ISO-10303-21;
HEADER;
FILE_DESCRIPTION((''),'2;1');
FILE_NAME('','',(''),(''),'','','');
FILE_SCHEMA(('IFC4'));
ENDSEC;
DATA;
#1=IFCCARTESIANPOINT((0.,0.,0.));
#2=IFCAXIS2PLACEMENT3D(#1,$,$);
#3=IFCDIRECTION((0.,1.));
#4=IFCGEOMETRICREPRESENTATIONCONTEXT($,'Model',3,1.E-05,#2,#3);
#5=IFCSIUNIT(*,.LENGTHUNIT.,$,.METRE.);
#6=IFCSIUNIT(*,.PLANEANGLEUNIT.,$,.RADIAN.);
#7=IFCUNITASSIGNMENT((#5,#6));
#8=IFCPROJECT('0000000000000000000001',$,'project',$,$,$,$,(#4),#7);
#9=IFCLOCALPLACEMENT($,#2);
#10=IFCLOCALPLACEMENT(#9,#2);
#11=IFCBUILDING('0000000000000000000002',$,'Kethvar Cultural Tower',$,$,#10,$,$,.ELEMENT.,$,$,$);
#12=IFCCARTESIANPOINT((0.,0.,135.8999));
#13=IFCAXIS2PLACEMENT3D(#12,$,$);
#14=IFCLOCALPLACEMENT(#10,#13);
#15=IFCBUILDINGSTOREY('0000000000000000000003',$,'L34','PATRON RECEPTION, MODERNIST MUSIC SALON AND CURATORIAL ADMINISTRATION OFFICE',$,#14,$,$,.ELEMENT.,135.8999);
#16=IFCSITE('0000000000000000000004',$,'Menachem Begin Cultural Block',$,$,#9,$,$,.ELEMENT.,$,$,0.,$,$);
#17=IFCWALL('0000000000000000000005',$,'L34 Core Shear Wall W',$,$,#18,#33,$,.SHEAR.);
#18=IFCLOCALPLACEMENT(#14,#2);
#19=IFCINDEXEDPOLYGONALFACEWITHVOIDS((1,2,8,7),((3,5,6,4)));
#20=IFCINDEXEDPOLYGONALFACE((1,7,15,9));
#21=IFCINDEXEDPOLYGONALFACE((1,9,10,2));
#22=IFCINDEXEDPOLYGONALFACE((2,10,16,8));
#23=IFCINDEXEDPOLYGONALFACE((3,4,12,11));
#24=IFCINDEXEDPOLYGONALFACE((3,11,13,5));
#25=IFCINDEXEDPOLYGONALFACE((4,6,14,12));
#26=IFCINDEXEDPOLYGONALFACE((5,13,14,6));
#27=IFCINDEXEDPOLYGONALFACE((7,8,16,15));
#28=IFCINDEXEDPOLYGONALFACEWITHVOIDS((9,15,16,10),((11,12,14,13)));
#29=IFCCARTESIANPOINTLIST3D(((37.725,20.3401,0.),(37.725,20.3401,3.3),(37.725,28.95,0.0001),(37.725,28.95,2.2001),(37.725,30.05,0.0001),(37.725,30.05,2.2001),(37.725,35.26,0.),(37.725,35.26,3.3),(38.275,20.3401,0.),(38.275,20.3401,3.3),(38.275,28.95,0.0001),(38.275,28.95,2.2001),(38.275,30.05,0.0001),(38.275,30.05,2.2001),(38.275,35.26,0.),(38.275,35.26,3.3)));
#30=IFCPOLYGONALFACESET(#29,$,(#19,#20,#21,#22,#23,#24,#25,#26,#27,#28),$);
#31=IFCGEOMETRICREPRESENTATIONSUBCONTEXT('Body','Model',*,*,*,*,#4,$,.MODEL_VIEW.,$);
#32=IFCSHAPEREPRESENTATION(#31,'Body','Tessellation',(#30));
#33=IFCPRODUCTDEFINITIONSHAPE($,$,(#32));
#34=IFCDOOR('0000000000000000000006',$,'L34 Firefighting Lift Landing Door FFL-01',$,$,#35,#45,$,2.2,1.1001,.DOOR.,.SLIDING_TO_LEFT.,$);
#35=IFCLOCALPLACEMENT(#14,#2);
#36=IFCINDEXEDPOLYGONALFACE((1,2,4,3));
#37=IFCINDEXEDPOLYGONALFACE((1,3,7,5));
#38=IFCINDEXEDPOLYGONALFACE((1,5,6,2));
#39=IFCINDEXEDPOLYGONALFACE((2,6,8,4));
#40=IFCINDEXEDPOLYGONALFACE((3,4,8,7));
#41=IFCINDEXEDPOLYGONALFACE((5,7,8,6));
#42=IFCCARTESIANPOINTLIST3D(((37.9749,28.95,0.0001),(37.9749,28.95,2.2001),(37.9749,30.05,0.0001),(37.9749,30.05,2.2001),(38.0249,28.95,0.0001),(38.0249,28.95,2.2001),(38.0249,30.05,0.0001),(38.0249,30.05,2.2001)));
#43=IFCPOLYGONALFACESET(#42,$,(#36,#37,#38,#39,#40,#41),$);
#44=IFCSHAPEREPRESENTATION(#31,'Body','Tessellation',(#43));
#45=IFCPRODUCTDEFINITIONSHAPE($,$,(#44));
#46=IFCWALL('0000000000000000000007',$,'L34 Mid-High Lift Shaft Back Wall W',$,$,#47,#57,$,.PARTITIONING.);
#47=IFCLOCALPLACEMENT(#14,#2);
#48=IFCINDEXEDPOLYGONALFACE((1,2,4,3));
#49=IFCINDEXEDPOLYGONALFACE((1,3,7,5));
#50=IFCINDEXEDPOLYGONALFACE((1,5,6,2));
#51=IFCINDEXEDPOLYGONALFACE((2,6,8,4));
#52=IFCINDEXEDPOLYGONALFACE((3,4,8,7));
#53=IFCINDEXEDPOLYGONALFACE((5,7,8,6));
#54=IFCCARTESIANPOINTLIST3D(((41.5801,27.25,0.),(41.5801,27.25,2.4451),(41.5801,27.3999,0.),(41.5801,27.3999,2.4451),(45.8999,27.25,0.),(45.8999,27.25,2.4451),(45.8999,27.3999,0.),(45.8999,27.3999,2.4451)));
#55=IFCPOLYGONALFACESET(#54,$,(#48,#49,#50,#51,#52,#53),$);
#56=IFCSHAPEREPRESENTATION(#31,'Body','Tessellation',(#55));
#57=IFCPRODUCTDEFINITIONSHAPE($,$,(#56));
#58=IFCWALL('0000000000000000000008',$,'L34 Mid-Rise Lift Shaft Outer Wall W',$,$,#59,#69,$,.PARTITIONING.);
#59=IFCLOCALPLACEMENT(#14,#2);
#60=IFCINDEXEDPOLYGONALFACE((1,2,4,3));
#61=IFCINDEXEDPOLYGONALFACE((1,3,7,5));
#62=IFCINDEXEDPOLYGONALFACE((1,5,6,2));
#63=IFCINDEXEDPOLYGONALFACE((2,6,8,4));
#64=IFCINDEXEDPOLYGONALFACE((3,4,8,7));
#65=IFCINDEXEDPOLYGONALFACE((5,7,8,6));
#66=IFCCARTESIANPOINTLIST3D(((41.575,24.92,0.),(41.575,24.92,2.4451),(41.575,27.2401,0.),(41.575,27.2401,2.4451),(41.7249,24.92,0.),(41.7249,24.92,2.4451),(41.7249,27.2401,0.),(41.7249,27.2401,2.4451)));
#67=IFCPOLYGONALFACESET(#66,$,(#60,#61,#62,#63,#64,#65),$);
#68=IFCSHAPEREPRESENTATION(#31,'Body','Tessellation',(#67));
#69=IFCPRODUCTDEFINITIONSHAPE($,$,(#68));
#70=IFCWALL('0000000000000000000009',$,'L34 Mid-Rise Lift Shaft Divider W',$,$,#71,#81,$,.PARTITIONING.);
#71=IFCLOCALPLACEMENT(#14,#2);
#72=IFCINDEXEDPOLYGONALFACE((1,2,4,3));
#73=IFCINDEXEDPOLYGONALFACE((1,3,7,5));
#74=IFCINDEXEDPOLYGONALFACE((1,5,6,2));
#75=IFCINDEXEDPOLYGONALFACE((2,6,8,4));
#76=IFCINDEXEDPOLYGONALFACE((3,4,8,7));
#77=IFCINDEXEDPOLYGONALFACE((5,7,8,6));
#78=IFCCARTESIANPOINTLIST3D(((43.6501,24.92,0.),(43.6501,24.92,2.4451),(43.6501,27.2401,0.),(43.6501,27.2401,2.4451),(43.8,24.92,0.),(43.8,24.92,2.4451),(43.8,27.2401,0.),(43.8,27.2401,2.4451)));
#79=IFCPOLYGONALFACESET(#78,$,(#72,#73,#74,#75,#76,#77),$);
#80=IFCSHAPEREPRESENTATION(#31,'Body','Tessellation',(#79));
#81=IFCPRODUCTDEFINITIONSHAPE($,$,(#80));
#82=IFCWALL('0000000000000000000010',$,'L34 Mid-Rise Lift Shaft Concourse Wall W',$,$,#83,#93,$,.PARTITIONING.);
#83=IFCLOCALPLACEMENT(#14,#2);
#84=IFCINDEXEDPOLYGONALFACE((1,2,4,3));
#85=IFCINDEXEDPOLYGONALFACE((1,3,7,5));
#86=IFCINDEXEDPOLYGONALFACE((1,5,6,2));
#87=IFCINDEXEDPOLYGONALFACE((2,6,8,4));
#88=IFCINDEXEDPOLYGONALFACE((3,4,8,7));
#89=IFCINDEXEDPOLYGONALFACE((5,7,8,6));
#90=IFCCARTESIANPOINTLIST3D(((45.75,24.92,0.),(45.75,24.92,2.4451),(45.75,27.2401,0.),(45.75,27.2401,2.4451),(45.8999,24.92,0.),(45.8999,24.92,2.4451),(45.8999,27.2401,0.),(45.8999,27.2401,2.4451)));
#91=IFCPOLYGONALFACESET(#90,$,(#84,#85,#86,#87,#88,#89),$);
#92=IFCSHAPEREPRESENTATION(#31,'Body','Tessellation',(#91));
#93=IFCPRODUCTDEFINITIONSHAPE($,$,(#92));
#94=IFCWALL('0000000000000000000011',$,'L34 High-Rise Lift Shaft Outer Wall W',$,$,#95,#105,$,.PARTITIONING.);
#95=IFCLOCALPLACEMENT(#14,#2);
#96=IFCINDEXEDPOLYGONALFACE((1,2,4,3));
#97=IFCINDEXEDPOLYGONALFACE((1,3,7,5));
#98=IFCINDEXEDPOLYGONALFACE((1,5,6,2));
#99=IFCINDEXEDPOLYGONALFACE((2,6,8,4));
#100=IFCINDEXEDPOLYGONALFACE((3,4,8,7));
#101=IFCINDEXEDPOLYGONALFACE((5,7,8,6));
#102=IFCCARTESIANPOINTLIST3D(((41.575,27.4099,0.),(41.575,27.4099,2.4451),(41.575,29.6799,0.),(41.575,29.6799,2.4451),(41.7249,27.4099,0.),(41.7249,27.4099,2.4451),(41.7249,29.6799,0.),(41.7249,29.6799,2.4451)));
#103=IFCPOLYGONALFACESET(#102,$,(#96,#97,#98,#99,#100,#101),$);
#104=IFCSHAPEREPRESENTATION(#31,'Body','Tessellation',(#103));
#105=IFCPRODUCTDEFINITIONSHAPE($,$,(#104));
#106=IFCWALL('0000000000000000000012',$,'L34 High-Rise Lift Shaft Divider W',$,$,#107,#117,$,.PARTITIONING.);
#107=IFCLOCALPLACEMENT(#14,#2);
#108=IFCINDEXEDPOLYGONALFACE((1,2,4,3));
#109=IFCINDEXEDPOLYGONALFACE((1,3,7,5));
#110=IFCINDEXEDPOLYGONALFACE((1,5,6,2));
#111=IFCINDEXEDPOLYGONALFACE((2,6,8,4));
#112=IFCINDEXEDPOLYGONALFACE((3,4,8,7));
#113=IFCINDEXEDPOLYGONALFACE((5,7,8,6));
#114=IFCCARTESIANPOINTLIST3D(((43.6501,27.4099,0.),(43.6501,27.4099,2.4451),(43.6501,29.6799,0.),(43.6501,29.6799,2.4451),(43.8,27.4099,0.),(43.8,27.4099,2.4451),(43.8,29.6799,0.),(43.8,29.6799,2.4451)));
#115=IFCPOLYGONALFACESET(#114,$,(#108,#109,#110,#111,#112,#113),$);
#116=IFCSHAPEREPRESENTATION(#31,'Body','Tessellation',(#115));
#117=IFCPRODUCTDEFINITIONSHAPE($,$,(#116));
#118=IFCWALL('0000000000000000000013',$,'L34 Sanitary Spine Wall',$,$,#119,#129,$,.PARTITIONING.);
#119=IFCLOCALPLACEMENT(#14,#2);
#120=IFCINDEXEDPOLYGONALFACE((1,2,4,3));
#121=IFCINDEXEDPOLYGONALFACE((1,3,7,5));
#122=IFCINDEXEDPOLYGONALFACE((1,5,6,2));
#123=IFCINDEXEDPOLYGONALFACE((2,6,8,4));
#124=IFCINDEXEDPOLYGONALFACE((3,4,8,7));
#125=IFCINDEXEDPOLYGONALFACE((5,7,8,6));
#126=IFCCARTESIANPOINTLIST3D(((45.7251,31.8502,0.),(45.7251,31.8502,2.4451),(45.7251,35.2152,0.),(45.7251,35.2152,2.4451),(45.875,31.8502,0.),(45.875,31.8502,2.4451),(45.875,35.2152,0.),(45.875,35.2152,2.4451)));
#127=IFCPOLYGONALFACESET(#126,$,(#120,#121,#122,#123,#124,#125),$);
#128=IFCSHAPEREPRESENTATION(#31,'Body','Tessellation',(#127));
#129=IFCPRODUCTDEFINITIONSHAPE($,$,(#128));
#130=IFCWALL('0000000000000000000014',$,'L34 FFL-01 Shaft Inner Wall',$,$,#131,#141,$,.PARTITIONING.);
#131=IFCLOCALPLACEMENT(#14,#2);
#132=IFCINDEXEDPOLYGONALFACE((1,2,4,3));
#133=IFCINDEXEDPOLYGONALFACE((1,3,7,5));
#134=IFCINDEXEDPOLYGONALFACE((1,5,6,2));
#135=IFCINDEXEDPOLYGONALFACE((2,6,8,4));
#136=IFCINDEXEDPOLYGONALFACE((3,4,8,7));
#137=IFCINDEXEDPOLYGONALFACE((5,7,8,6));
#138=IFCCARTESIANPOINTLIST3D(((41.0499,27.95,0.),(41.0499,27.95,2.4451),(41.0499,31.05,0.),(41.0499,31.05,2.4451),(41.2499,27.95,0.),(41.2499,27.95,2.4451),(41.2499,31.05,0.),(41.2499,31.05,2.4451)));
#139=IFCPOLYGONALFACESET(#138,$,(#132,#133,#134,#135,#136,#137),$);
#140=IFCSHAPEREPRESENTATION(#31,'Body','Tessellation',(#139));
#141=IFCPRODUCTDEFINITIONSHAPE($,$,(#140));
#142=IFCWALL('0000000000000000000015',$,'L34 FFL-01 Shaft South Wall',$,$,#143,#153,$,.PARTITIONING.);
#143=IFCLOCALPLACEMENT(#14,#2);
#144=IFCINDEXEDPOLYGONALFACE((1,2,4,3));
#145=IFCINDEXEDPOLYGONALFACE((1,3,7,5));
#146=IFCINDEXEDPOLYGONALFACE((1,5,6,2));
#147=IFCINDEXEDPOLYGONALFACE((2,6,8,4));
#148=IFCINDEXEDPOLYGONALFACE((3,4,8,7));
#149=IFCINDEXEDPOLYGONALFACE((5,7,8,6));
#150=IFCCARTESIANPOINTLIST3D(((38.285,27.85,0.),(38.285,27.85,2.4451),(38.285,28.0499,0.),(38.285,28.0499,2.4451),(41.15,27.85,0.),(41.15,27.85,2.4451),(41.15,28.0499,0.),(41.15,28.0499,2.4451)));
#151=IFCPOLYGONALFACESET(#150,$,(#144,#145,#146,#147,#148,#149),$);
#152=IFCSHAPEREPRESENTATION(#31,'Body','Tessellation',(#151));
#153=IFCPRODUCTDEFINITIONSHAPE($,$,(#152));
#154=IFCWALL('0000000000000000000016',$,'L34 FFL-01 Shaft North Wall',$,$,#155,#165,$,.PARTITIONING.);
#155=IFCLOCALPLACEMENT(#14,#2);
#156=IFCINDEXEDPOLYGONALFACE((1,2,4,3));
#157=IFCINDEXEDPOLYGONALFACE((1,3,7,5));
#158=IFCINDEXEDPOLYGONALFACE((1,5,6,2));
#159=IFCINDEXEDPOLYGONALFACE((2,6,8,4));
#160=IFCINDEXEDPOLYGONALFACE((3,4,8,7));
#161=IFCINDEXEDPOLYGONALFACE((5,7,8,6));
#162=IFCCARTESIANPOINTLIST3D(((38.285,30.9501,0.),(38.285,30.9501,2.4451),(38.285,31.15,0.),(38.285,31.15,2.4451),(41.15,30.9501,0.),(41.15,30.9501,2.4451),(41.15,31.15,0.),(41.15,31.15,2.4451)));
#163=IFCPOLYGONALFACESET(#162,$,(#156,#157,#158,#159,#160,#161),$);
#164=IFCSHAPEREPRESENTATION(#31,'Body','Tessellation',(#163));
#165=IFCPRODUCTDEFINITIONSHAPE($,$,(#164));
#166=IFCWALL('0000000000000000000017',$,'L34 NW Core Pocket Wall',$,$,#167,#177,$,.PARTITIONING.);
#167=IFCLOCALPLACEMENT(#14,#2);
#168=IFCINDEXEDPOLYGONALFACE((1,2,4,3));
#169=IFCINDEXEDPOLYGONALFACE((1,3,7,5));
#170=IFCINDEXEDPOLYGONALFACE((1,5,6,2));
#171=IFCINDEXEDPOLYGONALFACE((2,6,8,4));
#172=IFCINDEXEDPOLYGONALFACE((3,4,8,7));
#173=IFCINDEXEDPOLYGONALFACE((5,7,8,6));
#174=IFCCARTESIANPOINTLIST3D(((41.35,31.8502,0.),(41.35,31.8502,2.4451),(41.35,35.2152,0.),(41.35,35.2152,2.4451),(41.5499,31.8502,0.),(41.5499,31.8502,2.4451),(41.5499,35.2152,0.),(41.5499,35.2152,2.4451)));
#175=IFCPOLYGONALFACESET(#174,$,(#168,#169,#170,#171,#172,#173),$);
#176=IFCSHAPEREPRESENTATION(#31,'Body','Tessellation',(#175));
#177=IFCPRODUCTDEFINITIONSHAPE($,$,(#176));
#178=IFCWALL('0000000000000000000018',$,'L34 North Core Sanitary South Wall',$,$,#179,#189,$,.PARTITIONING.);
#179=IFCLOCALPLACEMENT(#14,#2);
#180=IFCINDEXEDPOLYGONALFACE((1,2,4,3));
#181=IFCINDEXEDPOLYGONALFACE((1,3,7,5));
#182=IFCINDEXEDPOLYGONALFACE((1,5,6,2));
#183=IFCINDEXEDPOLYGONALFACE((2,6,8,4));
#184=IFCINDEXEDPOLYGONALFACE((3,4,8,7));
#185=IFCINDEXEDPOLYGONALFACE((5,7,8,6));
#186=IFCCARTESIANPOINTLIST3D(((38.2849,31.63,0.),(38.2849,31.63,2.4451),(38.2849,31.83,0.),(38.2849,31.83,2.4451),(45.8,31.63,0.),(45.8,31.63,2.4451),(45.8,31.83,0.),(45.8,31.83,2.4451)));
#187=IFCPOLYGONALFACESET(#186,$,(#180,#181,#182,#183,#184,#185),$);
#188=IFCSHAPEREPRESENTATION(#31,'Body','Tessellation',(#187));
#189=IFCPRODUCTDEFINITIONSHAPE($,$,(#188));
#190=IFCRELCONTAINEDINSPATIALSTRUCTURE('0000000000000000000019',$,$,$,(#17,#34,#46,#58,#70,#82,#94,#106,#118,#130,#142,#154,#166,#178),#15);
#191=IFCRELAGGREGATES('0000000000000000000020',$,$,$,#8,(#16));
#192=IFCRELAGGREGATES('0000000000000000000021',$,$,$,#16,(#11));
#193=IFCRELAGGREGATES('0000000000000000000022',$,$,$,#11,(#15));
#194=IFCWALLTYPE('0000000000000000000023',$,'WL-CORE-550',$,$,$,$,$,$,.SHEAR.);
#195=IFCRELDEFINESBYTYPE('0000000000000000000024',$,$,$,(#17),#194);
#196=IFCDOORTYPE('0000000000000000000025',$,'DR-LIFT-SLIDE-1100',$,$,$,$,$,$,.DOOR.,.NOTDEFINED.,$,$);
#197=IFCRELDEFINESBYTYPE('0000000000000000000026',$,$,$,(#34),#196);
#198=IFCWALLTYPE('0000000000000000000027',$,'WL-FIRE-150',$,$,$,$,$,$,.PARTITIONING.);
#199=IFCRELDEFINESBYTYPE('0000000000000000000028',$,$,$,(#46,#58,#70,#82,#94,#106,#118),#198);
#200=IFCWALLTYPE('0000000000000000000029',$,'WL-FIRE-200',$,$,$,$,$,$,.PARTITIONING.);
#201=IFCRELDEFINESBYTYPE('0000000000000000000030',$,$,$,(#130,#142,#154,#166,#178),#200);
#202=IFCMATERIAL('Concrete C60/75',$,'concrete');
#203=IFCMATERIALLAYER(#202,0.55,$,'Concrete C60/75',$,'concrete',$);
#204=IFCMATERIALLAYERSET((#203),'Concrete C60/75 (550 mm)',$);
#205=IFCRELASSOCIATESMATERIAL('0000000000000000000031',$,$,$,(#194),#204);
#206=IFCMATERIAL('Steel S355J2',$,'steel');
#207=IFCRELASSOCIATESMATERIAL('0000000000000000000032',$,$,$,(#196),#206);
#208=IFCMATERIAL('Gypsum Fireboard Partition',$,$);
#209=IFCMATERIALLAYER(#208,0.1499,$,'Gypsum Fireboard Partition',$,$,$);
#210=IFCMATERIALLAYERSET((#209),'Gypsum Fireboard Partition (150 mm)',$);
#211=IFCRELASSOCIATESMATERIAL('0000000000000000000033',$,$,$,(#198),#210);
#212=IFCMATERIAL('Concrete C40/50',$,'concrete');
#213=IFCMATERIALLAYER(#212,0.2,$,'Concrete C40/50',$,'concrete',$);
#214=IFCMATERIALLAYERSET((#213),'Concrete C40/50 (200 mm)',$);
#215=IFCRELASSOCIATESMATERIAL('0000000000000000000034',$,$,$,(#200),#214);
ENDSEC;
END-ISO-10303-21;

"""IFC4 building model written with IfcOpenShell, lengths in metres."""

from ifc_helpers import new_model, si_unit, direction, frame, frame_2d, origin, place, context, subcontext, project, spatial, rectangle, extrude, source, transform, mapped, material, layer, layer_set, type_object, element, fill, save


model = new_model("IFC4")

# Units and contexts
model_context = context("Model", 3, precision=1e-05, world=origin(), true_north=direction((0.0, 1.0)))
body_context = subcontext(model_context, "Body", "Model", "MODEL_VIEW")
ifc_project = project(units=[si_unit("LENGTHUNIT", "METRE"), si_unit("PLANEANGLEUNIT", "RADIAN")], contexts=[model_context])

# Site, building, storey
site_placement = place(None, origin())
site = spatial("IfcSite", under=ifc_project, at=site_placement, Name="Menachem Begin Cultural Block", CompositionType="ELEMENT", RefElevation=0.0)
building_placement = place(site_placement, origin())
building = spatial("IfcBuilding", under=site, at=building_placement, Name="Kethvar Cultural Tower", CompositionType="ELEMENT")
storey_placement = place(building_placement, frame((0.0, 0.0, 135.8999)))
storey = spatial("IfcBuildingStorey", under=building, at=storey_placement, Name="L34", Description="PATRON RECEPTION, MODERNIST MUSIC SALON AND CURATORIAL ADMINISTRATION OFFICE", CompositionType="ELEMENT", Elevation=135.8999)

# Shared definitions
ifc_material_1 = material(Name="Steel S355J2", Category="steel")

# Wall, opening, door
ifc_material_2 = material(Name="Concrete C60/75", Category="concrete")
ifc_layer_1 = layer(ifc_material_2, 0.55, Name="Concrete C60/75", Category="concrete")
ifc_layer_set_1 = layer_set([ifc_layer_1], Name="Concrete C60/75 (550 mm)")
wall_type_1 = type_object("IfcWallType", Name="WL-CORE-550", PredefinedType="SHEAR", material=ifc_layer_set_1)
wall_1_placement = place(storey_placement, frame((38.0, 35.26, 0.0), z_axis=(0.0, 0.0, 1.0), x_axis=(0.0, -1.0, 0.0)))
wall_1 = element("IfcWall", 1, at=wall_1_placement, inside=storey, type_object=wall_type_1, Name="L34 Core Shear Wall W", PredefinedType="SHEAR", context=body_context, shape_type="SweptSolid", body=[
    extrude(rectangle(XDim=14.9199, YDim=0.55, at=frame_2d((7.46, 0.0))), origin(), (0.0, 0.0, 1.0), 3.3),
])
opening_1_placement = place(wall_1_placement, frame((5.21, 0.0, 0.0)))
opening_1 = element("IfcOpeningElement", 2, at=opening_1_placement, cuts=wall_1, PredefinedType="OPENING", context=body_context, shape_type="SweptSolid", body=[
    extrude(rectangle(XDim=1.1001, YDim=2.2, at=frame_2d((0.55, 1.1001))), frame((0.0, 0.2849, 0.0), z_axis=(0.0, -1.0, 0.0), x_axis=(1.0, 0.0, 0.0)), (0.0, 0.0, 1.0), 0.5701),
])
door_type = type_object("IfcDoorType", Name="DR-LIFT-SLIDE-1100", OperationType="NOTDEFINED", PredefinedType="DOOR", material=ifc_material_1)
shared_shape_1 = source(origin(), body_context, "Body", "SweptSolid", [
    extrude(rectangle(XDim=1.1001, YDim=2.2, at=frame_2d((0.55, 1.1001))), frame((0.0, 0.0249, 0.0), z_axis=(0.0, -1.0, 0.0), x_axis=(1.0, 0.0, 0.0)), (0.0, 0.0, 1.0), 0.05),
])
door_1_placement = place(opening_1_placement, origin())
door_1 = element("IfcDoor", 3, at=door_1_placement, inside=storey, type_object=door_type, Name="L34 Firefighting Lift Landing Door FFL-01", OperationType="SLIDING_TO_LEFT", OverallHeight=2.2, OverallWidth=1.1001, PredefinedType="DOOR", context=body_context, shape_type="MappedRepresentation", body=[
    mapped(shared_shape_1, transform((0.0, 0.0, 0.0), scale=1.0)),
])
fill(opening_1, door_1)

# Walls
ifc_material_3 = material(Name="Gypsum Fireboard Partition")
ifc_layer_2 = layer(ifc_material_3, 0.1499, Name="Gypsum Fireboard Partition")
ifc_layer_set_2 = layer_set([ifc_layer_2], Name="Gypsum Fireboard Partition (150 mm)")
wall_type_2 = type_object("IfcWallType", Name="WL-FIRE-150", PredefinedType="PARTITIONING", material=ifc_layer_set_2)
wall_2_placement = place(storey_placement, frame((41.5801, 27.325, 0.0), z_axis=(0.0, 0.0, 1.0), x_axis=(1.0, 0.0, 0.0)))
element("IfcWall", 4, at=wall_2_placement, inside=storey, type_object=wall_type_2, Name="L34 Mid-High Lift Shaft Back Wall W", PredefinedType="PARTITIONING", context=body_context, shape_type="SweptSolid", body=[
    extrude(rectangle(XDim=4.3198, YDim=0.1499, at=frame_2d((2.1599, 0.0))), origin(), (0.0, 0.0, 1.0), 2.4451),
])
for number, where, z_axis, x_axis, name in (
    (5, (41.6499, 24.9199, 0.0), (0.0, 0.0, 1.0), (0.0, 1.0, 0.0), "L34 Mid-Rise Lift Shaft Outer Wall W"),
    (6, (43.7251, 24.9199, 0.0), (0.0, 0.0, 1.0), (0.0, 1.0, 0.0), "L34 Mid-Rise Lift Shaft Divider W"),
    (7, (45.825, 24.9199, 0.0), (0.0, 0.0, 1.0), (0.0, 1.0, 0.0), "L34 Mid-Rise Lift Shaft Concourse Wall W"),
):
    element("IfcWall", number, at=place(storey_placement, frame(where, z_axis=z_axis, x_axis=x_axis)), inside=storey, type_object=wall_type_2, Name=name, PredefinedType="PARTITIONING", context=body_context, shape_type="SweptSolid", body=[
        extrude(rectangle(XDim=2.3201, YDim=0.1499, at=frame_2d((1.1602, 0.0))), origin(), (0.0, 0.0, 1.0), 2.4451),
    ])
for number, where, z_axis, x_axis, name in (
    (8, (41.6499, 27.4099, 0.0), (0.0, 0.0, 1.0), (0.0, 1.0, 0.0), "L34 High-Rise Lift Shaft Outer Wall W"),
    (9, (43.7251, 27.4099, 0.0), (0.0, 0.0, 1.0), (0.0, 1.0, 0.0), "L34 High-Rise Lift Shaft Divider W"),
):
    element("IfcWall", number, at=place(storey_placement, frame(where, z_axis=z_axis, x_axis=x_axis)), inside=storey, type_object=wall_type_2, Name=name, PredefinedType="PARTITIONING", context=body_context, shape_type="SweptSolid", body=[
        extrude(rectangle(XDim=2.27, YDim=0.1499, at=frame_2d((1.135, 0.0))), origin(), (0.0, 0.0, 1.0), 2.4451),
    ])
wall_3_placement = place(storey_placement, frame((45.8, 31.8501, 0.0), z_axis=(0.0, 0.0, 1.0), x_axis=(0.0, 1.0, 0.0)))
element("IfcWall", 10, at=wall_3_placement, inside=storey, type_object=wall_type_2, Name="L34 Sanitary Spine Wall", PredefinedType="PARTITIONING", context=body_context, shape_type="SweptSolid", body=[
    extrude(rectangle(XDim=3.365, YDim=0.1499, at=frame_2d((1.6826, 0.0))), origin(), (0.0, 0.0, 1.0), 2.4451),
])
ifc_material_4 = material(Name="Concrete C40/50", Category="concrete")
ifc_layer_3 = layer(ifc_material_4, 0.2, Name="Concrete C40/50", Category="concrete")
ifc_layer_set_3 = layer_set([ifc_layer_3], Name="Concrete C40/50 (200 mm)")
wall_type_3 = type_object("IfcWallType", Name="WL-FIRE-200", PredefinedType="PARTITIONING", material=ifc_layer_set_3)
wall_4_placement = place(storey_placement, frame((41.1499, 27.95, 0.0), z_axis=(0.0, 0.0, 1.0), x_axis=(0.0, 1.0, 0.0)))
element("IfcWall", 11, at=wall_4_placement, inside=storey, type_object=wall_type_3, Name="L34 FFL-01 Shaft Inner Wall", PredefinedType="PARTITIONING", context=body_context, shape_type="SweptSolid", body=[
    extrude(rectangle(XDim=3.1001, YDim=0.2, at=frame_2d((1.55, 0.0))), origin(), (0.0, 0.0, 1.0), 2.4451),
])
for number, where, z_axis, x_axis, name in (
    (12, (38.2849, 27.95, 0.0), (0.0, 0.0, 1.0), (1.0, 0.0, 0.0), "L34 FFL-01 Shaft South Wall"),
    (13, (38.2849, 31.05, 0.0), (0.0, 0.0, 1.0), (1.0, 0.0, 0.0), "L34 FFL-01 Shaft North Wall"),
):
    element("IfcWall", number, at=place(storey_placement, frame(where, z_axis=z_axis, x_axis=x_axis)), inside=storey, type_object=wall_type_3, Name=name, PredefinedType="PARTITIONING", context=body_context, shape_type="SweptSolid", body=[
        extrude(rectangle(XDim=2.865, YDim=0.2, at=frame_2d((1.4326, 0.0))), origin(), (0.0, 0.0, 1.0), 2.4451),
    ])
wall_5_placement = place(storey_placement, frame((41.45, 31.8501, 0.0), z_axis=(0.0, 0.0, 1.0), x_axis=(0.0, 1.0, 0.0)))
element("IfcWall", 14, at=wall_5_placement, inside=storey, type_object=wall_type_3, Name="L34 NW Core Pocket Wall", PredefinedType="PARTITIONING", context=body_context, shape_type="SweptSolid", body=[
    extrude(rectangle(XDim=3.365, YDim=0.2, at=frame_2d((1.6826, 0.0))), origin(), (0.0, 0.0, 1.0), 2.4451),
])
wall_6_placement = place(storey_placement, frame((38.2849, 31.73, 0.0), z_axis=(0.0, 0.0, 1.0), x_axis=(1.0, 0.0, 0.0)))
element("IfcWall", 15, at=wall_6_placement, inside=storey, type_object=wall_type_3, Name="L34 North Core Sanitary South Wall", PredefinedType="PARTITIONING", context=body_context, shape_type="SweptSolid", body=[
    extrude(rectangle(XDim=7.5151, YDim=0.2, at=frame_2d((3.7576, 0.0))), origin(), (0.0, 0.0, 1.0), 2.4451),
])

save(model, "model.ifc")
